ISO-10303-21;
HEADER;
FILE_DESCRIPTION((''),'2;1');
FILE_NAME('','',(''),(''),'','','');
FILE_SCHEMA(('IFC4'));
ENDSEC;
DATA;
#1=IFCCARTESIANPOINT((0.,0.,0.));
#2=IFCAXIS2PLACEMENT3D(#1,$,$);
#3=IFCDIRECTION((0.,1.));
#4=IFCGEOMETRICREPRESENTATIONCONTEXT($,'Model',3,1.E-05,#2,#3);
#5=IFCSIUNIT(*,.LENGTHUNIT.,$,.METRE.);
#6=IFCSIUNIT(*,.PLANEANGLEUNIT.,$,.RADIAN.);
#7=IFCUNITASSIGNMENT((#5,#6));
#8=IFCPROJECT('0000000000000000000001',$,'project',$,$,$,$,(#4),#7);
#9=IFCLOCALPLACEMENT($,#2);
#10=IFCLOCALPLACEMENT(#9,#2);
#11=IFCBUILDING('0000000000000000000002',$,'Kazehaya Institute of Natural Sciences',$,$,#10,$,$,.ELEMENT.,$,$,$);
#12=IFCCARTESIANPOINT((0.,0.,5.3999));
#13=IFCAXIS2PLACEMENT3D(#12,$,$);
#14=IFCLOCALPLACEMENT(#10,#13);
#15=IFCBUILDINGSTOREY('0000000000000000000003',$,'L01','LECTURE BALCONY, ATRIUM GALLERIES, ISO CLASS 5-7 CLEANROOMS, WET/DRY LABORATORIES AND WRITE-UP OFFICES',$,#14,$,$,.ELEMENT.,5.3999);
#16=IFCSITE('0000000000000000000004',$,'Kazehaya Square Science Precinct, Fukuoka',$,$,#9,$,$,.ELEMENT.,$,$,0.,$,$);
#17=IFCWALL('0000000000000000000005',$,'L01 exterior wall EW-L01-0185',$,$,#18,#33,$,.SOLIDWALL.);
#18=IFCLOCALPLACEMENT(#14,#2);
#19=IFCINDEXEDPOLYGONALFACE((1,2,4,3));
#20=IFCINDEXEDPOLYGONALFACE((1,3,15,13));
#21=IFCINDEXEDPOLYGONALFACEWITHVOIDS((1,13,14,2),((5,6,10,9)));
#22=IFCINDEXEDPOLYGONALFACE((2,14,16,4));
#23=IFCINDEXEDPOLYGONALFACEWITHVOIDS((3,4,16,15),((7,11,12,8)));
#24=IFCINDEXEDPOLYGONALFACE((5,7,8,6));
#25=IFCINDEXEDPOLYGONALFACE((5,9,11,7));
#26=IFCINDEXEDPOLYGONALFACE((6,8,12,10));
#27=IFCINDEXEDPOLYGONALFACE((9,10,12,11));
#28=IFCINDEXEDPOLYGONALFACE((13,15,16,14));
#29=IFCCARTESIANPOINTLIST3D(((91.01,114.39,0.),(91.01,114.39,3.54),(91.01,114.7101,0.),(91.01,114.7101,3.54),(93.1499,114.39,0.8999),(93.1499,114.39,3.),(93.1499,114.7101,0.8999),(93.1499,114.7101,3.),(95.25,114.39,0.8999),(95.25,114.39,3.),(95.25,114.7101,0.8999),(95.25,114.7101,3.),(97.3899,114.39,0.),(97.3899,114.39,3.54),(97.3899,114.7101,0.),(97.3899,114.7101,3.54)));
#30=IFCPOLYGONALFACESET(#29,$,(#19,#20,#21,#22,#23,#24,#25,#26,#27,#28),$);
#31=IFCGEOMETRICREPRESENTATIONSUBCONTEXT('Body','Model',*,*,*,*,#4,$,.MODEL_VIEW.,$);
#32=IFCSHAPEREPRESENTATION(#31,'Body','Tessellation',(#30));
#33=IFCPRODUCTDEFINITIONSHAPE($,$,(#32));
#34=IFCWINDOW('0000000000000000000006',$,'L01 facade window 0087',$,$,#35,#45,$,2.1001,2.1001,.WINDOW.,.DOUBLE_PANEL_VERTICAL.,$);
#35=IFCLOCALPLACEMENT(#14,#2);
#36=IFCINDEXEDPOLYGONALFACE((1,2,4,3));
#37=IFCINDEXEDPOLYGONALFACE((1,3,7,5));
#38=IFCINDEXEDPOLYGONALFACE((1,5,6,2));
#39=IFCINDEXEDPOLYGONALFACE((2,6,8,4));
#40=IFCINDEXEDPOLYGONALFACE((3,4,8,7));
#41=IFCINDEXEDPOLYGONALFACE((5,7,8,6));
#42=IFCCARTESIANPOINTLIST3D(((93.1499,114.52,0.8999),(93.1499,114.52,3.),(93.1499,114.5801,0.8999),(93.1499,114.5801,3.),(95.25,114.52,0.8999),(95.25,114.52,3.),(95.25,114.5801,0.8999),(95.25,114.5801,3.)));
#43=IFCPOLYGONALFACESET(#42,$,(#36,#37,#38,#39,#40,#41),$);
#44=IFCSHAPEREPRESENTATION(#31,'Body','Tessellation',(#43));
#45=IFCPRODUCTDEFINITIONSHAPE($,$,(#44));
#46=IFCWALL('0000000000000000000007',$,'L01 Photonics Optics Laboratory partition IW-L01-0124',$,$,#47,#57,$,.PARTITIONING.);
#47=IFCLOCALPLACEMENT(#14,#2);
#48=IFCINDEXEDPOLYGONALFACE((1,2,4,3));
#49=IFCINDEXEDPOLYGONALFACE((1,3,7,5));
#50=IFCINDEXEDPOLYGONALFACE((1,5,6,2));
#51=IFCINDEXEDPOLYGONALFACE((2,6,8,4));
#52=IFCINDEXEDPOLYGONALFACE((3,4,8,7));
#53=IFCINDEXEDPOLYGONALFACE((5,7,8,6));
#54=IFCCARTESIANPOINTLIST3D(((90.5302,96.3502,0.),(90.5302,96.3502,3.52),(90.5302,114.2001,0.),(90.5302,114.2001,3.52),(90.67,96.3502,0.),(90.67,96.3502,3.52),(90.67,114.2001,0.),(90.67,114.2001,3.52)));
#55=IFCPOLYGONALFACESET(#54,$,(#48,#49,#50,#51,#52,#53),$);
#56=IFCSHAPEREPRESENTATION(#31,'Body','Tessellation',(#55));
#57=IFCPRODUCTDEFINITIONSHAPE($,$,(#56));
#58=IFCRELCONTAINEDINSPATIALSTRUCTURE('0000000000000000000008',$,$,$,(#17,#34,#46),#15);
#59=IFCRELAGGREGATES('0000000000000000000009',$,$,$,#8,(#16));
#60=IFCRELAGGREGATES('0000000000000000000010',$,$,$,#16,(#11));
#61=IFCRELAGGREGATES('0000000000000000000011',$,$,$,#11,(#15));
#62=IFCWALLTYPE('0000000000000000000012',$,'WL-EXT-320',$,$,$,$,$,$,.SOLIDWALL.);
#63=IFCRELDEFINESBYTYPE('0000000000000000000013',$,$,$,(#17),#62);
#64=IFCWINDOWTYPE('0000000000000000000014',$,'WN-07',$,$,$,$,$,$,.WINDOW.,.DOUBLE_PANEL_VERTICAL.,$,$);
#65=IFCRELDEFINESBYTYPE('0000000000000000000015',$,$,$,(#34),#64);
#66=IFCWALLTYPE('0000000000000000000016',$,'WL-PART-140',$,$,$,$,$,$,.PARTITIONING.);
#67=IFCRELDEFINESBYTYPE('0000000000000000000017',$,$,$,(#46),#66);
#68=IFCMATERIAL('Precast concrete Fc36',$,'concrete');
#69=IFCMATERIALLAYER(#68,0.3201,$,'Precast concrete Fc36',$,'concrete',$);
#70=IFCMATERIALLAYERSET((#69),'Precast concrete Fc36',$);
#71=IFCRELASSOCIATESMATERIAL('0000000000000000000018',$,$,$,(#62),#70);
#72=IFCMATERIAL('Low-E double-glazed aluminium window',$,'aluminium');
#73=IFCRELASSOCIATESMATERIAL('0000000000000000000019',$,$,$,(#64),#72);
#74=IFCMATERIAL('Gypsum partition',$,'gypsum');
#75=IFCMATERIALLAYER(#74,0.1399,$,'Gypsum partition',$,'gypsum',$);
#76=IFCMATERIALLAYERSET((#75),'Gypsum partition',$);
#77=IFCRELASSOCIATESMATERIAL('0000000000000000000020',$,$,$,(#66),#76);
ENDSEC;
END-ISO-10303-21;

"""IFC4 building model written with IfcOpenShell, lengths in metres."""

from ifc_helpers import new_model, si_unit, direction, frame, frame_2d, origin, place, context, subcontext, project, spatial, rectangle, extrude, material, layer, layer_set, type_object, element, fill, save


model = new_model("IFC4")

# Units and contexts
model_context = context("Model", 3, precision=1e-05, world=origin(), true_north=direction((0.0, 1.0)))
body_context = subcontext(model_context, "Body", "Model", "MODEL_VIEW")
ifc_project = project(units=[si_unit("LENGTHUNIT", "METRE"), si_unit("PLANEANGLEUNIT", "RADIAN")], contexts=[model_context])

# Site, building, storey
site_placement = place(None, origin())
site = spatial("IfcSite", under=ifc_project, at=site_placement, Name="Kazehaya Square Science Precinct, Fukuoka", CompositionType="ELEMENT", RefElevation=0.0)
building_placement = place(site_placement, origin())
building = spatial("IfcBuilding", under=site, at=building_placement, Name="Kazehaya Institute of Natural Sciences", CompositionType="ELEMENT")
storey_placement = place(building_placement, frame((0.0, 0.0, 5.3999)))
storey = spatial("IfcBuildingStorey", under=building, at=storey_placement, Name="L01", Description="LECTURE BALCONY, ATRIUM GALLERIES, ISO CLASS 5-7 CLEANROOMS, WET/DRY LABORATORIES AND WRITE-UP OFFICES", CompositionType="ELEMENT", Elevation=5.3999)

# Wall, opening, window
ifc_material_1 = material(Name="Precast concrete Fc36", Category="concrete")
ifc_layer_1 = layer(ifc_material_1, 0.3201, Name="Precast concrete Fc36", Category="concrete")
ifc_layer_set_1 = layer_set([ifc_layer_1], Name="Precast concrete Fc36")
wall_type_1 = type_object("IfcWallType", Name="WL-EXT-320", PredefinedType="SOLIDWALL", material=ifc_layer_set_1)
ifc_material_2 = material(Name="Low-E double-glazed aluminium window", Category="aluminium")
wall_1_placement = place(storey_placement, frame((91.01, 114.55, 0.0), z_axis=(0.0, 0.0, 1.0), x_axis=(1.0, 0.0, 0.0)))
wall_1 = element("IfcWall", 1, at=wall_1_placement, inside=storey, type_object=wall_type_1, Name="L01 exterior wall EW-L01-0185", PredefinedType="SOLIDWALL", context=body_context, shape_type="SweptSolid", body=[
    extrude(rectangle(XDim=6.3799, YDim=0.3201, at=frame_2d((3.1899, 0.0))), origin(), (0.0, 0.0, 1.0), 3.54),
])
opening_1_placement = place(wall_1_placement, frame((2.1399, 0.0, 0.8999)))
opening_1 = element("IfcOpeningElement", 2, at=opening_1_placement, cuts=wall_1, PredefinedType="OPENING", context=body_context, shape_type="SweptSolid", body=[
    extrude(rectangle(XDim=2.1001, YDim=2.1001, at=frame_2d((1.05, 1.05))), frame((0.0, 0.1699, 0.0), z_axis=(0.0, -1.0, 0.0), x_axis=(1.0, 0.0, 0.0)), (0.0, 0.0, 1.0), 0.3401),
])
window_type_1 = type_object("IfcWindowType", Name="WN-07", PartitioningType="DOUBLE_PANEL_VERTICAL", PredefinedType="WINDOW", material=ifc_material_2)
window_1_placement = place(opening_1_placement, origin())
window_1 = element("IfcWindow", 3, at=window_1_placement, inside=storey, type_object=window_type_1, Name="L01 facade window 0087", OverallHeight=2.1001, OverallWidth=2.1001, PartitioningType="DOUBLE_PANEL_VERTICAL", PredefinedType="WINDOW", context=body_context, shape_type="SweptSolid", body=[
    extrude(rectangle(XDim=2.1001, YDim=2.1001, at=frame_2d((1.05, 1.05))), frame((0.0, 0.03, 0.0), z_axis=(0.0, -1.0, 0.0), x_axis=(1.0, 0.0, 0.0)), (0.0, 0.0, 1.0), 0.0601),
])
fill(opening_1, window_1)

# Wall
ifc_material_3 = material(Name="Gypsum partition", Category="gypsum")
ifc_layer_2 = layer(ifc_material_3, 0.1399, Name="Gypsum partition", Category="gypsum")
ifc_layer_set_2 = layer_set([ifc_layer_2], Name="Gypsum partition")
wall_type_2 = type_object("IfcWallType", Name="WL-PART-140", PredefinedType="PARTITIONING", material=ifc_layer_set_2)
wall_2_placement = place(storey_placement, frame((90.6001, 114.2, 0.0), z_axis=(0.0, 0.0, 1.0), x_axis=(0.0, -1.0, 0.0)))
element("IfcWall", 4, at=wall_2_placement, inside=storey, type_object=wall_type_2, Name="L01 Photonics Optics Laboratory partition IW-L01-0124", PredefinedType="PARTITIONING", context=body_context, shape_type="SweptSolid", body=[
    extrude(rectangle(XDim=17.8499, YDim=0.1399, at=frame_2d((8.9248, 0.0))), origin(), (0.0, 0.0, 1.0), 3.52),
])

save(model, "model.ifc")
